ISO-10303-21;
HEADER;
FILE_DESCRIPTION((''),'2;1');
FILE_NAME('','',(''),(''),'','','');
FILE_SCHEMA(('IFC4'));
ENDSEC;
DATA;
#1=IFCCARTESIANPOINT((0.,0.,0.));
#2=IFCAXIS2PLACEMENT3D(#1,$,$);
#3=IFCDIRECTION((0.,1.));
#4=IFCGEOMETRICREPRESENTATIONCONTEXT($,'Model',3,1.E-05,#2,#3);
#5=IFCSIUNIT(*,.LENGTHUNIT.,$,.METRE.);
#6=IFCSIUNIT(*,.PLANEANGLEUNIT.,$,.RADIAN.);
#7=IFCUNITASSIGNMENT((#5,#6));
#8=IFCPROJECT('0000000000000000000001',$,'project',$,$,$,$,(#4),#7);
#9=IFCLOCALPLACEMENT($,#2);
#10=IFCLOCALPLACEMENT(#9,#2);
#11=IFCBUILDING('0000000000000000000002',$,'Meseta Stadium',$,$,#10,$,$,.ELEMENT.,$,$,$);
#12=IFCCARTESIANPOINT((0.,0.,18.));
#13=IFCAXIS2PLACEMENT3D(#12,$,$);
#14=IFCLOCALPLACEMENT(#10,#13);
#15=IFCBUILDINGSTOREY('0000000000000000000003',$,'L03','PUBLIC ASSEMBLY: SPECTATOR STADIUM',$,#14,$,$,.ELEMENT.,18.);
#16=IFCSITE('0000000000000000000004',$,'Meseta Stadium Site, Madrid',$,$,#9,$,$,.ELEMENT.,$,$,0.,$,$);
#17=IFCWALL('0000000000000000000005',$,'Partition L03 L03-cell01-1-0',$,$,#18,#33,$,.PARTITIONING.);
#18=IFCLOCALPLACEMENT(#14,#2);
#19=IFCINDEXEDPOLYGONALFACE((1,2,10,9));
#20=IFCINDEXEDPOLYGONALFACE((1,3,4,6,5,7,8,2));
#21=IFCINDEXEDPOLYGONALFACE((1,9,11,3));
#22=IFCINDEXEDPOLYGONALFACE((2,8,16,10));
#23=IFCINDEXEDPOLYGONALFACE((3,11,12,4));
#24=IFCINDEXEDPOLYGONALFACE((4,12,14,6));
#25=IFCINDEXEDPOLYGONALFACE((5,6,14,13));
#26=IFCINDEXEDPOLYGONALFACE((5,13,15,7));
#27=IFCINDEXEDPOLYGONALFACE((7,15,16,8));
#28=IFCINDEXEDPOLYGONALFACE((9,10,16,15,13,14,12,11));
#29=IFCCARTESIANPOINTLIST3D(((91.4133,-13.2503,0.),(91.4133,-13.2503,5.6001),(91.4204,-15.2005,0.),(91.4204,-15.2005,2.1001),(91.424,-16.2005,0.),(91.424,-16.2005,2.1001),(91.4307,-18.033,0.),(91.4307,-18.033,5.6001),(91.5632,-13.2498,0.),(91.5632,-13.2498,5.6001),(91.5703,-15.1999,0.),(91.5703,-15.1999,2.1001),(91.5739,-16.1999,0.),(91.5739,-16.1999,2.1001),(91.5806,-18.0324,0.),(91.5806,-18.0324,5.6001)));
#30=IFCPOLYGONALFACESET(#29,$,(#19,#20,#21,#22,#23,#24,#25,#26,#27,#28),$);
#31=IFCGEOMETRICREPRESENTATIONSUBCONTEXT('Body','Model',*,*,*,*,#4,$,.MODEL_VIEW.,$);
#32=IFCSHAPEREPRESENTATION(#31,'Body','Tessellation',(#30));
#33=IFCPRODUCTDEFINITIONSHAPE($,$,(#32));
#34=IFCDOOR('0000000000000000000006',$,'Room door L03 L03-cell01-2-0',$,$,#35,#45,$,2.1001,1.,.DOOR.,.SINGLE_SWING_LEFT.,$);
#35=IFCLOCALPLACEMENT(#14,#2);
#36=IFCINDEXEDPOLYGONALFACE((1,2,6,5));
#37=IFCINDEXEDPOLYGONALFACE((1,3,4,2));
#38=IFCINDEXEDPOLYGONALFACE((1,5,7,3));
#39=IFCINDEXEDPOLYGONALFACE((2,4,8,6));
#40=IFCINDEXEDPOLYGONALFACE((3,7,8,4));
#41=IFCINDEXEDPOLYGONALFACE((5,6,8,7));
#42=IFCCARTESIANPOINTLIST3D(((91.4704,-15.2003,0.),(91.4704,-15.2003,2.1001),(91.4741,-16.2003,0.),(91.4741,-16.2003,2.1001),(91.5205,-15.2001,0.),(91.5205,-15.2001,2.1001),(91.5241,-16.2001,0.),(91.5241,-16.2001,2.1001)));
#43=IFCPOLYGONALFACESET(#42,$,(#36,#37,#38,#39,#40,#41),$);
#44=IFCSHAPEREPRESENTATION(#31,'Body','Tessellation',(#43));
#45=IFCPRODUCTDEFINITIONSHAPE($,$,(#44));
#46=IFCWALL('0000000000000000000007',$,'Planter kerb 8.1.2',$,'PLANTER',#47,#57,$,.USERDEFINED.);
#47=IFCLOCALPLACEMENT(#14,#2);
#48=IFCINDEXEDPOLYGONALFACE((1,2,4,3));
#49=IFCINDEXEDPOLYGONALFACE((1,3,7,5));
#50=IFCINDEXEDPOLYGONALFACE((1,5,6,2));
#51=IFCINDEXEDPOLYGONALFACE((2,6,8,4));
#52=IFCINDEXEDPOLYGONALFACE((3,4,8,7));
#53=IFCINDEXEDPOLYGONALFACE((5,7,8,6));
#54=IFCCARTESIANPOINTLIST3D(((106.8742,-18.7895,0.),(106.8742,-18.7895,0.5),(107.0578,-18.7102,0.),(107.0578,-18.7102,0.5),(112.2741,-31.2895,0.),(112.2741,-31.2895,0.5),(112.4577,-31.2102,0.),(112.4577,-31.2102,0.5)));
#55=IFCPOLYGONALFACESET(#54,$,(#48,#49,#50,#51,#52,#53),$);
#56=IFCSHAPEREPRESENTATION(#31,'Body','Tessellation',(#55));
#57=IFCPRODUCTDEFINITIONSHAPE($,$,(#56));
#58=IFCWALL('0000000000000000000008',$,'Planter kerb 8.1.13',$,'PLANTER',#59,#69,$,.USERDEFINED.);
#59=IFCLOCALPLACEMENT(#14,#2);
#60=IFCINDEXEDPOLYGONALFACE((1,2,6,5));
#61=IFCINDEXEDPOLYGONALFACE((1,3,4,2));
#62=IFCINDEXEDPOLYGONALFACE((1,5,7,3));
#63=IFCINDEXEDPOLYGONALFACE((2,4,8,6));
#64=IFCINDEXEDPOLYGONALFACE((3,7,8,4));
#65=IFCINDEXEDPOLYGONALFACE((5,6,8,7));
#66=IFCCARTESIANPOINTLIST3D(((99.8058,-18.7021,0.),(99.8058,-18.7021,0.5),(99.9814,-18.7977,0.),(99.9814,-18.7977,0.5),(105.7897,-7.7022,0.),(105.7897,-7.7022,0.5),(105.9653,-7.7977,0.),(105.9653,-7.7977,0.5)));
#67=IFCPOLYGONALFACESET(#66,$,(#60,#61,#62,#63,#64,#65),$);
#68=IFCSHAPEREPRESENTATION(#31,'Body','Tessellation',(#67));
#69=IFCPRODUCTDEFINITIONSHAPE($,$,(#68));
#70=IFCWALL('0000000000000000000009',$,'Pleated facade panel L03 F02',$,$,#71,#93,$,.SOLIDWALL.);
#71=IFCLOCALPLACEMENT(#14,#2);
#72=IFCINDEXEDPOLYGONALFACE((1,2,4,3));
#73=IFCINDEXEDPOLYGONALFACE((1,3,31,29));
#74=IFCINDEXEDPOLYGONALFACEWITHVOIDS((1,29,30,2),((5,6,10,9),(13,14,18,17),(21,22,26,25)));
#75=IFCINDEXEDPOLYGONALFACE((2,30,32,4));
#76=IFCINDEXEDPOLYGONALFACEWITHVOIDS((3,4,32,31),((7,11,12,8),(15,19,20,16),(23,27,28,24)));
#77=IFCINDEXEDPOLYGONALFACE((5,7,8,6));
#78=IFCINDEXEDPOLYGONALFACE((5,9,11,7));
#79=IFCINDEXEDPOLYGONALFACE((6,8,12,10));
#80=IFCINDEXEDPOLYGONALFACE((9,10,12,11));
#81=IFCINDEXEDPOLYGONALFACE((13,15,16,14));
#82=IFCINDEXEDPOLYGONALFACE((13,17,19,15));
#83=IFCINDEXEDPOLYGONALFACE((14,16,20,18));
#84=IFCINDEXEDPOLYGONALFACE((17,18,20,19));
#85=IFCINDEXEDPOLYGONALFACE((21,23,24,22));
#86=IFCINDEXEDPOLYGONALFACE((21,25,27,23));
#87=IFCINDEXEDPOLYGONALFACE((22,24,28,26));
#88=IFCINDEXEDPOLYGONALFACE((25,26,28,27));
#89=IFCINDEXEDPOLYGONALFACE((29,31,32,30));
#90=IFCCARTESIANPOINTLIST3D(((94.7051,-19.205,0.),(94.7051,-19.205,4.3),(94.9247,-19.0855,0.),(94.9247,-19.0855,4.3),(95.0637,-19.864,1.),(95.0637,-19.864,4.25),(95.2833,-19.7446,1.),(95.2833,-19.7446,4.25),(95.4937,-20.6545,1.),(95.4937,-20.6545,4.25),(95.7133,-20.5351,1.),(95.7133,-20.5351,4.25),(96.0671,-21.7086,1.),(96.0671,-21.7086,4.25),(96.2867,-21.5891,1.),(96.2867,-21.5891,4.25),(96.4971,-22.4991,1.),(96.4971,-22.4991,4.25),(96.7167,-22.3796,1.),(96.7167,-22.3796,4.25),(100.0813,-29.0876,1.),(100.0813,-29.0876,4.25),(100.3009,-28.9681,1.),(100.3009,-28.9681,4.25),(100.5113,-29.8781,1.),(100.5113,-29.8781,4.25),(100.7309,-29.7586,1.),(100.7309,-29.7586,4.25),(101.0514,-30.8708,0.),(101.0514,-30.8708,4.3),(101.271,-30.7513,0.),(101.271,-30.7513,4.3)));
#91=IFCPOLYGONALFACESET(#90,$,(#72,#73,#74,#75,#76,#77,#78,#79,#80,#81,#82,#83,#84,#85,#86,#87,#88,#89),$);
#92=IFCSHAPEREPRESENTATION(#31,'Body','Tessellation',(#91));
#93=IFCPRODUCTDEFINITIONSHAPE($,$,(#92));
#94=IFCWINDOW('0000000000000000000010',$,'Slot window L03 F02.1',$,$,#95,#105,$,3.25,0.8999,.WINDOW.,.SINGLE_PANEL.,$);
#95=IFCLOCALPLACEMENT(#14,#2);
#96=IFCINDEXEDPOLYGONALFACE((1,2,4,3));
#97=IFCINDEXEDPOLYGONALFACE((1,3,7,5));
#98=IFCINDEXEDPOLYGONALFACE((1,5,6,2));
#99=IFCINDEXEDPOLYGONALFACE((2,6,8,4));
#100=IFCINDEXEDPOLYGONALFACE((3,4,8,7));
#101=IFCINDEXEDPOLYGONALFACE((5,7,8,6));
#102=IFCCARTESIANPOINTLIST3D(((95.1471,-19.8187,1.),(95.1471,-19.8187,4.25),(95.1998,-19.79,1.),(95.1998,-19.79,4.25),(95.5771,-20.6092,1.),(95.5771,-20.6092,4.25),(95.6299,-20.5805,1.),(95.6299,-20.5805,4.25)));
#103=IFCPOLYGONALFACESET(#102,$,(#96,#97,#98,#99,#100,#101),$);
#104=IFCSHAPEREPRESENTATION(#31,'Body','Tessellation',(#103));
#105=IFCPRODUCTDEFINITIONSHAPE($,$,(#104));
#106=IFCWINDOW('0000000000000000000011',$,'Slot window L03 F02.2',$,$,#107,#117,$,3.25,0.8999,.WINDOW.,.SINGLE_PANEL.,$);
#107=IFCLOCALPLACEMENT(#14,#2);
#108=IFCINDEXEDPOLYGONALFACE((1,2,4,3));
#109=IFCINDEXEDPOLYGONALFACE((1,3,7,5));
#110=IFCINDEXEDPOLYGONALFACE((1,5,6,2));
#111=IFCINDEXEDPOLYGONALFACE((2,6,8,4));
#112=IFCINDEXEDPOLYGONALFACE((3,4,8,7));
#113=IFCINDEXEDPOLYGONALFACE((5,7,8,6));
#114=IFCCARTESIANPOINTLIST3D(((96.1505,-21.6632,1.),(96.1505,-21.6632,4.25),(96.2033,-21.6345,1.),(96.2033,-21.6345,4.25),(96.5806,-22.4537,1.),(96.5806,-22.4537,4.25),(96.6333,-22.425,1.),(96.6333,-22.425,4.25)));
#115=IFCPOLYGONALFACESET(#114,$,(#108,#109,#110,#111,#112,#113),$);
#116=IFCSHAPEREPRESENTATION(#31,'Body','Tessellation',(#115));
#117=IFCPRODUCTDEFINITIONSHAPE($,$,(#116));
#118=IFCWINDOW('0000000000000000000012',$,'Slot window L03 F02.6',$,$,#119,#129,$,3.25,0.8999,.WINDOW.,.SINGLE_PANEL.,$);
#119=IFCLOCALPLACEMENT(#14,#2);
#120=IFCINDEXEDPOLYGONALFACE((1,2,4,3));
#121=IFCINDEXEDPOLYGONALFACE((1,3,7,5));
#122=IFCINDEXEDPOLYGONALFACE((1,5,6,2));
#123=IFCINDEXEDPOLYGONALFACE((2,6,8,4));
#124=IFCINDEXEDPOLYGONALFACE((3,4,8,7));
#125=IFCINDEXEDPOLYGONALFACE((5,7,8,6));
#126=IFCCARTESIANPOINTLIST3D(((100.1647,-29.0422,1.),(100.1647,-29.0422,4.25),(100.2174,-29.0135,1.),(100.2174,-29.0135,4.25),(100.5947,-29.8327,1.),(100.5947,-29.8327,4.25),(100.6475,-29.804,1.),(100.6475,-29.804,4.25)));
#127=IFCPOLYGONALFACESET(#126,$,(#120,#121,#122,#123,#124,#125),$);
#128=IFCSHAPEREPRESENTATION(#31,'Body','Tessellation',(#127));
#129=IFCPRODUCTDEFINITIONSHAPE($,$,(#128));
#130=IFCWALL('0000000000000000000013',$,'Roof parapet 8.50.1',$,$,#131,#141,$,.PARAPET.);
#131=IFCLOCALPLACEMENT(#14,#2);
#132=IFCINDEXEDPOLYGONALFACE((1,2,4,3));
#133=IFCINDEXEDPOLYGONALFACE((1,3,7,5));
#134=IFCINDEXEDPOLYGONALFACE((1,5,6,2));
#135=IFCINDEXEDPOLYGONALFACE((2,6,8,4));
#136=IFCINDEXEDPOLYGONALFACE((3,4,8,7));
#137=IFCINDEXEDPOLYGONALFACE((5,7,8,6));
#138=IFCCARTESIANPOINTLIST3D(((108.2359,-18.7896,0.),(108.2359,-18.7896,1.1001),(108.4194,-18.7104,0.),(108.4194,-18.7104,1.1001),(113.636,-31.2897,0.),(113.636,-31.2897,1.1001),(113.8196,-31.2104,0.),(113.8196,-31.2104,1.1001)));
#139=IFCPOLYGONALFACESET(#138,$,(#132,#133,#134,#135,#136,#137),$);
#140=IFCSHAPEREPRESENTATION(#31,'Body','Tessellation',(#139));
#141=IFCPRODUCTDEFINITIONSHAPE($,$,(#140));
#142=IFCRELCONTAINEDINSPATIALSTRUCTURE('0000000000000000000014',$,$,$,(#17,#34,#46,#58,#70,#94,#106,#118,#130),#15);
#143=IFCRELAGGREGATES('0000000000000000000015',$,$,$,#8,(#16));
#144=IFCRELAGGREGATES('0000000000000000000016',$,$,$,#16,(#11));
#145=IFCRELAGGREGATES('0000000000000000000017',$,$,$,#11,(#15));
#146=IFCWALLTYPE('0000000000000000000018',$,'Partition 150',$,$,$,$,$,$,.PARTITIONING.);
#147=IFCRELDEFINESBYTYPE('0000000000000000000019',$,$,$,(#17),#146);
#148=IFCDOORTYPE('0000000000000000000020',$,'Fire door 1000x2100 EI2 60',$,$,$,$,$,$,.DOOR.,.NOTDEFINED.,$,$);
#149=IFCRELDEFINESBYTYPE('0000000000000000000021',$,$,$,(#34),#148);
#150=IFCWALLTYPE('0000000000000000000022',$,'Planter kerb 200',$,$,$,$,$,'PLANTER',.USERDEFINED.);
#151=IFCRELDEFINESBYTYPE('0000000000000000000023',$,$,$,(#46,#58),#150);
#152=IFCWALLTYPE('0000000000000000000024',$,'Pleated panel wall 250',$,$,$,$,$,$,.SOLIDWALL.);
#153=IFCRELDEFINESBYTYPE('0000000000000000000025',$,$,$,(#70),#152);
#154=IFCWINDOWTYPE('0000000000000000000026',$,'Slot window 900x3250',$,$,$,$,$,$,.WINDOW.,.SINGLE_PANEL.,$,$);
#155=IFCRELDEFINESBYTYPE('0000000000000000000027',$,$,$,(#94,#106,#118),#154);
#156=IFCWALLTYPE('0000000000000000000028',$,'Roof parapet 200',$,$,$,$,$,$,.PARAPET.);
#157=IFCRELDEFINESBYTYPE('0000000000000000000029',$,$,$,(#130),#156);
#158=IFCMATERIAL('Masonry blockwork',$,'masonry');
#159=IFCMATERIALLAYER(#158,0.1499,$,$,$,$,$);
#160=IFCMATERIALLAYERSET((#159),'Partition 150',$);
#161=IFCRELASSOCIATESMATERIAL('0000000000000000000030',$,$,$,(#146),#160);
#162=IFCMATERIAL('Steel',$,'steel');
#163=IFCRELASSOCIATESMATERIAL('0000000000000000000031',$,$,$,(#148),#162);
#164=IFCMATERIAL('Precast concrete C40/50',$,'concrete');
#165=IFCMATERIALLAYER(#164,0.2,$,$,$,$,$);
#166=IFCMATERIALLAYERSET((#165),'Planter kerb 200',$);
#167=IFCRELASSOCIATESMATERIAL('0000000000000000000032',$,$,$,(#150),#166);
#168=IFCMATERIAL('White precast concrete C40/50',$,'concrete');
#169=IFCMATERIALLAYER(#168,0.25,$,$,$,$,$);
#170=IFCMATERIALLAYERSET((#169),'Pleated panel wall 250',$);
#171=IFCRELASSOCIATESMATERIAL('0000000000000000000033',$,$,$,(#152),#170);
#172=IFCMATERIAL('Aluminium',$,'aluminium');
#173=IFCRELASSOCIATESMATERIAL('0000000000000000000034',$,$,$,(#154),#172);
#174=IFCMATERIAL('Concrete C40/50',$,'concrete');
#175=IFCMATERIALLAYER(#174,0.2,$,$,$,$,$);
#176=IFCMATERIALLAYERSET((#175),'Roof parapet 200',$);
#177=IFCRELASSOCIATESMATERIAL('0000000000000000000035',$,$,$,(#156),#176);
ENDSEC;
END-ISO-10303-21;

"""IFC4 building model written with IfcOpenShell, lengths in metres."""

from ifc_helpers import new_model, si_unit, direction, frame, frame_2d, origin, place, context, subcontext, project, spatial, rectangle, extrude, material, layer, layer_set, type_object, element, fill, save


model = new_model("IFC4")

# Units and contexts
model_context = context("Model", 3, precision=1e-05, world=origin(), true_north=direction((0.0, 1.0)))
body_context = subcontext(model_context, "Body", "Model", "MODEL_VIEW")
ifc_project = project(units=[si_unit("LENGTHUNIT", "METRE"), si_unit("PLANEANGLEUNIT", "RADIAN")], contexts=[model_context])

# Site, building, storey
site_placement = place(None, origin())
site = spatial("IfcSite", under=ifc_project, at=site_placement, Name="Meseta Stadium Site, Madrid", CompositionType="ELEMENT", RefElevation=0.0)
building_placement = place(site_placement, origin())
building = spatial("IfcBuilding", under=site, at=building_placement, Name="Meseta Stadium", CompositionType="ELEMENT")
storey_placement = place(building_placement, frame((0.0, 0.0, 18.0)))
storey = spatial("IfcBuildingStorey", under=building, at=storey_placement, Name="L03", Description="PUBLIC ASSEMBLY: SPECTATOR STADIUM", CompositionType="ELEMENT", Elevation=18.0)

# Wall, opening, door
ifc_material_1 = material(Name="Masonry blockwork", Category="masonry")
ifc_layer_1 = layer(ifc_material_1, 0.1499)
ifc_layer_set_1 = layer_set([ifc_layer_1], Name="Partition 150")
wall_type_1 = type_object("IfcWallType", Name="Partition 150", PredefinedType="PARTITIONING", material=ifc_layer_set_1)
wall_1_placement = place(storey_placement, frame((91.5056, -18.0327, 0.0), z_axis=(0.0, 0.0, 1.0), x_axis=(-0.003624, 0.999993, 0.0)))
wall_1 = element("IfcWall", 1, at=wall_1_placement, inside=storey, type_object=wall_type_1, Name="Partition L03 L03-cell01-1-0", PredefinedType="PARTITIONING", context=body_context, shape_type="SweptSolid", body=[
    extrude(rectangle(XDim=4.7827, YDim=0.1499, at=frame_2d((2.3914, 0.0))), origin(), (0.0, 0.0, 1.0), 5.6001),
])
opening_1_placement = place(wall_1_placement, frame((1.8325, 0.0, 0.0)))
opening_1 = element("IfcOpeningElement", 2, at=opening_1_placement, cuts=wall_1, PredefinedType="OPENING", context=body_context, shape_type="SweptSolid", body=[
    extrude(rectangle(XDim=1.0, YDim=2.1001, at=frame_2d((0.5, 1.05))), frame((0.0, 0.085, 0.0), z_axis=(0.0, -1.0, 0.0), x_axis=(1.0, 0.0, 0.0)), (0.0, 0.0, 1.0), 0.1699),
])
ifc_material_2 = material(Name="Steel", Category="steel")
door_type = type_object("IfcDoorType", Name="Fire door 1000x2100 EI2 60", OperationType="NOTDEFINED", PredefinedType="DOOR", material=ifc_material_2)
door_placement = place(opening_1_placement, origin())
door = element("IfcDoor", 3, at=door_placement, inside=storey, type_object=door_type, Name="Room door L03 L03-cell01-2-0", OperationType="SINGLE_SWING_LEFT", OverallHeight=2.1001, OverallWidth=1.0, PredefinedType="DOOR", context=body_context, shape_type="SweptSolid", body=[
    extrude(rectangle(XDim=1.0, YDim=2.1001, at=frame_2d((0.5, 1.05))), frame((0.0, 0.0249, 0.0), z_axis=(0.0, -1.0, 0.0), x_axis=(1.0, 0.0, 0.0)), (0.0, 0.0, 1.0), 0.05),
])
fill(opening_1, door)

# Walls
ifc_material_3 = material(Name="Precast concrete C40/50", Category="concrete")
ifc_layer_2 = layer(ifc_material_3, 0.2)
ifc_layer_set_2 = layer_set([ifc_layer_2], Name="Planter kerb 200")
wall_type_2 = type_object("IfcWallType", Name="Planter kerb 200", ElementType="PLANTER", PredefinedType="USERDEFINED", material=ifc_layer_set_2)
wall_2_placement = place(storey_placement, frame((106.9661, -18.75, 0.0), z_axis=(0.0, 0.0, 1.0), x_axis=(0.396571, -0.918004, 0.0)))
element("IfcWall", 4, at=wall_2_placement, inside=storey, type_object=wall_type_2, Name="Planter kerb 8.1.2", ObjectType="PLANTER", PredefinedType="USERDEFINED", context=body_context, shape_type="SweptSolid", body=[
    extrude(rectangle(XDim=13.6165, YDim=0.2, at=frame_2d((6.8081, 0.0))), origin(), (0.0, 0.0, 1.0), 0.5),
])
wall_3_placement = place(storey_placement, frame((99.8936, -18.75, 0.0), z_axis=(0.0, 0.0, 1.0), x_axis=(0.47786, 0.878436, 0.0)))
element("IfcWall", 5, at=wall_3_placement, inside=storey, type_object=wall_type_2, Name="Planter kerb 8.1.13", ObjectType="PLANTER", PredefinedType="USERDEFINED", context=body_context, shape_type="SweptSolid", body=[
    extrude(rectangle(XDim=12.5222, YDim=0.2, at=frame_2d((6.2612, 0.0))), origin(), (0.0, 0.0, 1.0), 0.5),
])

# Wall, openings, windows
ifc_material_4 = material(Name="White precast concrete C40/50", Category="concrete")
ifc_layer_3 = layer(ifc_material_4, 0.25)
ifc_layer_set_3 = layer_set([ifc_layer_3], Name="Pleated panel wall 250")
wall_type_3 = type_object("IfcWallType", Name="Pleated panel wall 250", PredefinedType="SOLIDWALL", material=ifc_layer_set_3)
wall_4_placement = place(storey_placement, frame((94.8149, -19.1453, 0.0), z_axis=(0.0, 0.0, 1.0), x_axis=(0.477868, -0.878432, 0.0)))
wall_4 = element("IfcWall", 6, at=wall_4_placement, inside=storey, type_object=wall_type_3, Name="Pleated facade panel L03 F02", PredefinedType="SOLIDWALL", context=body_context, shape_type="SweptSolid", body=[
    extrude(rectangle(XDim=13.2803, YDim=0.25, at=frame_2d((6.6401, 0.0))), origin(), (0.0, 0.0, 1.0), 4.3),
])
opening_2_placement = place(wall_4_placement, frame((0.7502, 0.0, 1.0)))
opening_2 = element("IfcOpeningElement", 7, at=opening_2_placement, cuts=wall_4, PredefinedType="OPENING", context=body_context, shape_type="SweptSolid", body=[
    extrude(rectangle(XDim=0.8999, YDim=3.25, at=frame_2d((0.45, 1.625))), frame((0.0, 0.135, 0.0), z_axis=(0.0, -1.0, 0.0), x_axis=(1.0, 0.0, 0.0)), (0.0, 0.0, 1.0), 0.27),
])
opening_3_placement = place(wall_4_placement, frame((2.8501, 0.0, 1.0)))
opening_3 = element("IfcOpeningElement", 8, at=opening_3_placement, cuts=wall_4, PredefinedType="OPENING", context=body_context, shape_type="SweptSolid", body=[
    extrude(rectangle(XDim=0.8999, YDim=3.25, at=frame_2d((0.45, 1.625))), frame((0.0, 0.135, 0.0), z_axis=(0.0, -1.0, 0.0), x_axis=(1.0, 0.0, 0.0)), (0.0, 0.0, 1.0), 0.27),
])
opening_4_placement = place(wall_4_placement, frame((11.2502, 0.0, 1.0)))
opening_4 = element("IfcOpeningElement", 9, at=opening_4_placement, cuts=wall_4, PredefinedType="OPENING", context=body_context, shape_type="SweptSolid", body=[
    extrude(rectangle(XDim=0.8999, YDim=3.25, at=frame_2d((0.45, 1.625))), frame((0.0, 0.135, 0.0), z_axis=(0.0, -1.0, 0.0), x_axis=(1.0, 0.0, 0.0)), (0.0, 0.0, 1.0), 0.27),
])
ifc_material_5 = material(Name="Aluminium", Category="aluminium")
window_type = type_object("IfcWindowType", Name="Slot window 900x3250", PartitioningType="SINGLE_PANEL", PredefinedType="WINDOW", material=ifc_material_5)
window_1_placement = place(opening_2_placement, origin())
window_1 = element("IfcWindow", 10, at=window_1_placement, inside=storey, type_object=window_type, Name="Slot window L03 F02.1", OverallHeight=3.25, OverallWidth=0.8999, PartitioningType="SINGLE_PANEL", PredefinedType="WINDOW", context=body_context, shape_type="SweptSolid", body=[
    extrude(rectangle(XDim=0.8999, YDim=3.25, at=frame_2d((0.45, 1.625))), frame((0.0, 0.03, 0.0), z_axis=(0.0, -1.0, 0.0), x_axis=(1.0, 0.0, 0.0)), (0.0, 0.0, 1.0), 0.0601),
])
fill(opening_2, window_1)
window_2_placement = place(opening_3_placement, origin())
window_2 = element("IfcWindow", 11, at=window_2_placement, inside=storey, type_object=window_type, Name="Slot window L03 F02.2", OverallHeight=3.25, OverallWidth=0.8999, PartitioningType="SINGLE_PANEL", PredefinedType="WINDOW", context=body_context, shape_type="SweptSolid", body=[
    extrude(rectangle(XDim=0.8999, YDim=3.25, at=frame_2d((0.45, 1.625))), frame((0.0, 0.03, 0.0), z_axis=(0.0, -1.0, 0.0), x_axis=(1.0, 0.0, 0.0)), (0.0, 0.0, 1.0), 0.0601),
])
fill(opening_3, window_2)
window_3_placement = place(opening_4_placement, origin())
window_3 = element("IfcWindow", 12, at=window_3_placement, inside=storey, type_object=window_type, Name="Slot window L03 F02.6", OverallHeight=3.25, OverallWidth=0.8999, PartitioningType="SINGLE_PANEL", PredefinedType="WINDOW", context=body_context, shape_type="SweptSolid", body=[
    extrude(rectangle(XDim=0.8999, YDim=3.25, at=frame_2d((0.45, 1.625))), frame((0.0, 0.03, 0.0), z_axis=(0.0, -1.0, 0.0), x_axis=(1.0, 0.0, 0.0)), (0.0, 0.0, 1.0), 0.0601),
])
fill(opening_4, window_3)

# Wall
ifc_material_6 = material(Name="Concrete C40/50", Category="concrete")
ifc_layer_4 = layer(ifc_material_6, 0.2)
ifc_layer_set_4 = layer_set([ifc_layer_4], Name="Roof parapet 200")
wall_type_4 = type_object("IfcWallType", Name="Roof parapet 200", PredefinedType="PARAPET", material=ifc_layer_set_4)
wall_5_placement = place(storey_placement, frame((108.3276, -18.75, 0.0), z_axis=(0.0, 0.0, 1.0), x_axis=(0.396586, -0.917998, 0.0)))
element("IfcWall", 13, at=wall_5_placement, inside=storey, type_object=wall_type_4, Name="Roof parapet 8.50.1", PredefinedType="PARAPET", context=body_context, shape_type="SweptSolid", body=[
    extrude(rectangle(XDim=13.6167, YDim=0.2, at=frame_2d((6.8083, 0.0))), origin(), (0.0, 0.0, 1.0), 1.1001),
])

save(model, "model.ifc")
